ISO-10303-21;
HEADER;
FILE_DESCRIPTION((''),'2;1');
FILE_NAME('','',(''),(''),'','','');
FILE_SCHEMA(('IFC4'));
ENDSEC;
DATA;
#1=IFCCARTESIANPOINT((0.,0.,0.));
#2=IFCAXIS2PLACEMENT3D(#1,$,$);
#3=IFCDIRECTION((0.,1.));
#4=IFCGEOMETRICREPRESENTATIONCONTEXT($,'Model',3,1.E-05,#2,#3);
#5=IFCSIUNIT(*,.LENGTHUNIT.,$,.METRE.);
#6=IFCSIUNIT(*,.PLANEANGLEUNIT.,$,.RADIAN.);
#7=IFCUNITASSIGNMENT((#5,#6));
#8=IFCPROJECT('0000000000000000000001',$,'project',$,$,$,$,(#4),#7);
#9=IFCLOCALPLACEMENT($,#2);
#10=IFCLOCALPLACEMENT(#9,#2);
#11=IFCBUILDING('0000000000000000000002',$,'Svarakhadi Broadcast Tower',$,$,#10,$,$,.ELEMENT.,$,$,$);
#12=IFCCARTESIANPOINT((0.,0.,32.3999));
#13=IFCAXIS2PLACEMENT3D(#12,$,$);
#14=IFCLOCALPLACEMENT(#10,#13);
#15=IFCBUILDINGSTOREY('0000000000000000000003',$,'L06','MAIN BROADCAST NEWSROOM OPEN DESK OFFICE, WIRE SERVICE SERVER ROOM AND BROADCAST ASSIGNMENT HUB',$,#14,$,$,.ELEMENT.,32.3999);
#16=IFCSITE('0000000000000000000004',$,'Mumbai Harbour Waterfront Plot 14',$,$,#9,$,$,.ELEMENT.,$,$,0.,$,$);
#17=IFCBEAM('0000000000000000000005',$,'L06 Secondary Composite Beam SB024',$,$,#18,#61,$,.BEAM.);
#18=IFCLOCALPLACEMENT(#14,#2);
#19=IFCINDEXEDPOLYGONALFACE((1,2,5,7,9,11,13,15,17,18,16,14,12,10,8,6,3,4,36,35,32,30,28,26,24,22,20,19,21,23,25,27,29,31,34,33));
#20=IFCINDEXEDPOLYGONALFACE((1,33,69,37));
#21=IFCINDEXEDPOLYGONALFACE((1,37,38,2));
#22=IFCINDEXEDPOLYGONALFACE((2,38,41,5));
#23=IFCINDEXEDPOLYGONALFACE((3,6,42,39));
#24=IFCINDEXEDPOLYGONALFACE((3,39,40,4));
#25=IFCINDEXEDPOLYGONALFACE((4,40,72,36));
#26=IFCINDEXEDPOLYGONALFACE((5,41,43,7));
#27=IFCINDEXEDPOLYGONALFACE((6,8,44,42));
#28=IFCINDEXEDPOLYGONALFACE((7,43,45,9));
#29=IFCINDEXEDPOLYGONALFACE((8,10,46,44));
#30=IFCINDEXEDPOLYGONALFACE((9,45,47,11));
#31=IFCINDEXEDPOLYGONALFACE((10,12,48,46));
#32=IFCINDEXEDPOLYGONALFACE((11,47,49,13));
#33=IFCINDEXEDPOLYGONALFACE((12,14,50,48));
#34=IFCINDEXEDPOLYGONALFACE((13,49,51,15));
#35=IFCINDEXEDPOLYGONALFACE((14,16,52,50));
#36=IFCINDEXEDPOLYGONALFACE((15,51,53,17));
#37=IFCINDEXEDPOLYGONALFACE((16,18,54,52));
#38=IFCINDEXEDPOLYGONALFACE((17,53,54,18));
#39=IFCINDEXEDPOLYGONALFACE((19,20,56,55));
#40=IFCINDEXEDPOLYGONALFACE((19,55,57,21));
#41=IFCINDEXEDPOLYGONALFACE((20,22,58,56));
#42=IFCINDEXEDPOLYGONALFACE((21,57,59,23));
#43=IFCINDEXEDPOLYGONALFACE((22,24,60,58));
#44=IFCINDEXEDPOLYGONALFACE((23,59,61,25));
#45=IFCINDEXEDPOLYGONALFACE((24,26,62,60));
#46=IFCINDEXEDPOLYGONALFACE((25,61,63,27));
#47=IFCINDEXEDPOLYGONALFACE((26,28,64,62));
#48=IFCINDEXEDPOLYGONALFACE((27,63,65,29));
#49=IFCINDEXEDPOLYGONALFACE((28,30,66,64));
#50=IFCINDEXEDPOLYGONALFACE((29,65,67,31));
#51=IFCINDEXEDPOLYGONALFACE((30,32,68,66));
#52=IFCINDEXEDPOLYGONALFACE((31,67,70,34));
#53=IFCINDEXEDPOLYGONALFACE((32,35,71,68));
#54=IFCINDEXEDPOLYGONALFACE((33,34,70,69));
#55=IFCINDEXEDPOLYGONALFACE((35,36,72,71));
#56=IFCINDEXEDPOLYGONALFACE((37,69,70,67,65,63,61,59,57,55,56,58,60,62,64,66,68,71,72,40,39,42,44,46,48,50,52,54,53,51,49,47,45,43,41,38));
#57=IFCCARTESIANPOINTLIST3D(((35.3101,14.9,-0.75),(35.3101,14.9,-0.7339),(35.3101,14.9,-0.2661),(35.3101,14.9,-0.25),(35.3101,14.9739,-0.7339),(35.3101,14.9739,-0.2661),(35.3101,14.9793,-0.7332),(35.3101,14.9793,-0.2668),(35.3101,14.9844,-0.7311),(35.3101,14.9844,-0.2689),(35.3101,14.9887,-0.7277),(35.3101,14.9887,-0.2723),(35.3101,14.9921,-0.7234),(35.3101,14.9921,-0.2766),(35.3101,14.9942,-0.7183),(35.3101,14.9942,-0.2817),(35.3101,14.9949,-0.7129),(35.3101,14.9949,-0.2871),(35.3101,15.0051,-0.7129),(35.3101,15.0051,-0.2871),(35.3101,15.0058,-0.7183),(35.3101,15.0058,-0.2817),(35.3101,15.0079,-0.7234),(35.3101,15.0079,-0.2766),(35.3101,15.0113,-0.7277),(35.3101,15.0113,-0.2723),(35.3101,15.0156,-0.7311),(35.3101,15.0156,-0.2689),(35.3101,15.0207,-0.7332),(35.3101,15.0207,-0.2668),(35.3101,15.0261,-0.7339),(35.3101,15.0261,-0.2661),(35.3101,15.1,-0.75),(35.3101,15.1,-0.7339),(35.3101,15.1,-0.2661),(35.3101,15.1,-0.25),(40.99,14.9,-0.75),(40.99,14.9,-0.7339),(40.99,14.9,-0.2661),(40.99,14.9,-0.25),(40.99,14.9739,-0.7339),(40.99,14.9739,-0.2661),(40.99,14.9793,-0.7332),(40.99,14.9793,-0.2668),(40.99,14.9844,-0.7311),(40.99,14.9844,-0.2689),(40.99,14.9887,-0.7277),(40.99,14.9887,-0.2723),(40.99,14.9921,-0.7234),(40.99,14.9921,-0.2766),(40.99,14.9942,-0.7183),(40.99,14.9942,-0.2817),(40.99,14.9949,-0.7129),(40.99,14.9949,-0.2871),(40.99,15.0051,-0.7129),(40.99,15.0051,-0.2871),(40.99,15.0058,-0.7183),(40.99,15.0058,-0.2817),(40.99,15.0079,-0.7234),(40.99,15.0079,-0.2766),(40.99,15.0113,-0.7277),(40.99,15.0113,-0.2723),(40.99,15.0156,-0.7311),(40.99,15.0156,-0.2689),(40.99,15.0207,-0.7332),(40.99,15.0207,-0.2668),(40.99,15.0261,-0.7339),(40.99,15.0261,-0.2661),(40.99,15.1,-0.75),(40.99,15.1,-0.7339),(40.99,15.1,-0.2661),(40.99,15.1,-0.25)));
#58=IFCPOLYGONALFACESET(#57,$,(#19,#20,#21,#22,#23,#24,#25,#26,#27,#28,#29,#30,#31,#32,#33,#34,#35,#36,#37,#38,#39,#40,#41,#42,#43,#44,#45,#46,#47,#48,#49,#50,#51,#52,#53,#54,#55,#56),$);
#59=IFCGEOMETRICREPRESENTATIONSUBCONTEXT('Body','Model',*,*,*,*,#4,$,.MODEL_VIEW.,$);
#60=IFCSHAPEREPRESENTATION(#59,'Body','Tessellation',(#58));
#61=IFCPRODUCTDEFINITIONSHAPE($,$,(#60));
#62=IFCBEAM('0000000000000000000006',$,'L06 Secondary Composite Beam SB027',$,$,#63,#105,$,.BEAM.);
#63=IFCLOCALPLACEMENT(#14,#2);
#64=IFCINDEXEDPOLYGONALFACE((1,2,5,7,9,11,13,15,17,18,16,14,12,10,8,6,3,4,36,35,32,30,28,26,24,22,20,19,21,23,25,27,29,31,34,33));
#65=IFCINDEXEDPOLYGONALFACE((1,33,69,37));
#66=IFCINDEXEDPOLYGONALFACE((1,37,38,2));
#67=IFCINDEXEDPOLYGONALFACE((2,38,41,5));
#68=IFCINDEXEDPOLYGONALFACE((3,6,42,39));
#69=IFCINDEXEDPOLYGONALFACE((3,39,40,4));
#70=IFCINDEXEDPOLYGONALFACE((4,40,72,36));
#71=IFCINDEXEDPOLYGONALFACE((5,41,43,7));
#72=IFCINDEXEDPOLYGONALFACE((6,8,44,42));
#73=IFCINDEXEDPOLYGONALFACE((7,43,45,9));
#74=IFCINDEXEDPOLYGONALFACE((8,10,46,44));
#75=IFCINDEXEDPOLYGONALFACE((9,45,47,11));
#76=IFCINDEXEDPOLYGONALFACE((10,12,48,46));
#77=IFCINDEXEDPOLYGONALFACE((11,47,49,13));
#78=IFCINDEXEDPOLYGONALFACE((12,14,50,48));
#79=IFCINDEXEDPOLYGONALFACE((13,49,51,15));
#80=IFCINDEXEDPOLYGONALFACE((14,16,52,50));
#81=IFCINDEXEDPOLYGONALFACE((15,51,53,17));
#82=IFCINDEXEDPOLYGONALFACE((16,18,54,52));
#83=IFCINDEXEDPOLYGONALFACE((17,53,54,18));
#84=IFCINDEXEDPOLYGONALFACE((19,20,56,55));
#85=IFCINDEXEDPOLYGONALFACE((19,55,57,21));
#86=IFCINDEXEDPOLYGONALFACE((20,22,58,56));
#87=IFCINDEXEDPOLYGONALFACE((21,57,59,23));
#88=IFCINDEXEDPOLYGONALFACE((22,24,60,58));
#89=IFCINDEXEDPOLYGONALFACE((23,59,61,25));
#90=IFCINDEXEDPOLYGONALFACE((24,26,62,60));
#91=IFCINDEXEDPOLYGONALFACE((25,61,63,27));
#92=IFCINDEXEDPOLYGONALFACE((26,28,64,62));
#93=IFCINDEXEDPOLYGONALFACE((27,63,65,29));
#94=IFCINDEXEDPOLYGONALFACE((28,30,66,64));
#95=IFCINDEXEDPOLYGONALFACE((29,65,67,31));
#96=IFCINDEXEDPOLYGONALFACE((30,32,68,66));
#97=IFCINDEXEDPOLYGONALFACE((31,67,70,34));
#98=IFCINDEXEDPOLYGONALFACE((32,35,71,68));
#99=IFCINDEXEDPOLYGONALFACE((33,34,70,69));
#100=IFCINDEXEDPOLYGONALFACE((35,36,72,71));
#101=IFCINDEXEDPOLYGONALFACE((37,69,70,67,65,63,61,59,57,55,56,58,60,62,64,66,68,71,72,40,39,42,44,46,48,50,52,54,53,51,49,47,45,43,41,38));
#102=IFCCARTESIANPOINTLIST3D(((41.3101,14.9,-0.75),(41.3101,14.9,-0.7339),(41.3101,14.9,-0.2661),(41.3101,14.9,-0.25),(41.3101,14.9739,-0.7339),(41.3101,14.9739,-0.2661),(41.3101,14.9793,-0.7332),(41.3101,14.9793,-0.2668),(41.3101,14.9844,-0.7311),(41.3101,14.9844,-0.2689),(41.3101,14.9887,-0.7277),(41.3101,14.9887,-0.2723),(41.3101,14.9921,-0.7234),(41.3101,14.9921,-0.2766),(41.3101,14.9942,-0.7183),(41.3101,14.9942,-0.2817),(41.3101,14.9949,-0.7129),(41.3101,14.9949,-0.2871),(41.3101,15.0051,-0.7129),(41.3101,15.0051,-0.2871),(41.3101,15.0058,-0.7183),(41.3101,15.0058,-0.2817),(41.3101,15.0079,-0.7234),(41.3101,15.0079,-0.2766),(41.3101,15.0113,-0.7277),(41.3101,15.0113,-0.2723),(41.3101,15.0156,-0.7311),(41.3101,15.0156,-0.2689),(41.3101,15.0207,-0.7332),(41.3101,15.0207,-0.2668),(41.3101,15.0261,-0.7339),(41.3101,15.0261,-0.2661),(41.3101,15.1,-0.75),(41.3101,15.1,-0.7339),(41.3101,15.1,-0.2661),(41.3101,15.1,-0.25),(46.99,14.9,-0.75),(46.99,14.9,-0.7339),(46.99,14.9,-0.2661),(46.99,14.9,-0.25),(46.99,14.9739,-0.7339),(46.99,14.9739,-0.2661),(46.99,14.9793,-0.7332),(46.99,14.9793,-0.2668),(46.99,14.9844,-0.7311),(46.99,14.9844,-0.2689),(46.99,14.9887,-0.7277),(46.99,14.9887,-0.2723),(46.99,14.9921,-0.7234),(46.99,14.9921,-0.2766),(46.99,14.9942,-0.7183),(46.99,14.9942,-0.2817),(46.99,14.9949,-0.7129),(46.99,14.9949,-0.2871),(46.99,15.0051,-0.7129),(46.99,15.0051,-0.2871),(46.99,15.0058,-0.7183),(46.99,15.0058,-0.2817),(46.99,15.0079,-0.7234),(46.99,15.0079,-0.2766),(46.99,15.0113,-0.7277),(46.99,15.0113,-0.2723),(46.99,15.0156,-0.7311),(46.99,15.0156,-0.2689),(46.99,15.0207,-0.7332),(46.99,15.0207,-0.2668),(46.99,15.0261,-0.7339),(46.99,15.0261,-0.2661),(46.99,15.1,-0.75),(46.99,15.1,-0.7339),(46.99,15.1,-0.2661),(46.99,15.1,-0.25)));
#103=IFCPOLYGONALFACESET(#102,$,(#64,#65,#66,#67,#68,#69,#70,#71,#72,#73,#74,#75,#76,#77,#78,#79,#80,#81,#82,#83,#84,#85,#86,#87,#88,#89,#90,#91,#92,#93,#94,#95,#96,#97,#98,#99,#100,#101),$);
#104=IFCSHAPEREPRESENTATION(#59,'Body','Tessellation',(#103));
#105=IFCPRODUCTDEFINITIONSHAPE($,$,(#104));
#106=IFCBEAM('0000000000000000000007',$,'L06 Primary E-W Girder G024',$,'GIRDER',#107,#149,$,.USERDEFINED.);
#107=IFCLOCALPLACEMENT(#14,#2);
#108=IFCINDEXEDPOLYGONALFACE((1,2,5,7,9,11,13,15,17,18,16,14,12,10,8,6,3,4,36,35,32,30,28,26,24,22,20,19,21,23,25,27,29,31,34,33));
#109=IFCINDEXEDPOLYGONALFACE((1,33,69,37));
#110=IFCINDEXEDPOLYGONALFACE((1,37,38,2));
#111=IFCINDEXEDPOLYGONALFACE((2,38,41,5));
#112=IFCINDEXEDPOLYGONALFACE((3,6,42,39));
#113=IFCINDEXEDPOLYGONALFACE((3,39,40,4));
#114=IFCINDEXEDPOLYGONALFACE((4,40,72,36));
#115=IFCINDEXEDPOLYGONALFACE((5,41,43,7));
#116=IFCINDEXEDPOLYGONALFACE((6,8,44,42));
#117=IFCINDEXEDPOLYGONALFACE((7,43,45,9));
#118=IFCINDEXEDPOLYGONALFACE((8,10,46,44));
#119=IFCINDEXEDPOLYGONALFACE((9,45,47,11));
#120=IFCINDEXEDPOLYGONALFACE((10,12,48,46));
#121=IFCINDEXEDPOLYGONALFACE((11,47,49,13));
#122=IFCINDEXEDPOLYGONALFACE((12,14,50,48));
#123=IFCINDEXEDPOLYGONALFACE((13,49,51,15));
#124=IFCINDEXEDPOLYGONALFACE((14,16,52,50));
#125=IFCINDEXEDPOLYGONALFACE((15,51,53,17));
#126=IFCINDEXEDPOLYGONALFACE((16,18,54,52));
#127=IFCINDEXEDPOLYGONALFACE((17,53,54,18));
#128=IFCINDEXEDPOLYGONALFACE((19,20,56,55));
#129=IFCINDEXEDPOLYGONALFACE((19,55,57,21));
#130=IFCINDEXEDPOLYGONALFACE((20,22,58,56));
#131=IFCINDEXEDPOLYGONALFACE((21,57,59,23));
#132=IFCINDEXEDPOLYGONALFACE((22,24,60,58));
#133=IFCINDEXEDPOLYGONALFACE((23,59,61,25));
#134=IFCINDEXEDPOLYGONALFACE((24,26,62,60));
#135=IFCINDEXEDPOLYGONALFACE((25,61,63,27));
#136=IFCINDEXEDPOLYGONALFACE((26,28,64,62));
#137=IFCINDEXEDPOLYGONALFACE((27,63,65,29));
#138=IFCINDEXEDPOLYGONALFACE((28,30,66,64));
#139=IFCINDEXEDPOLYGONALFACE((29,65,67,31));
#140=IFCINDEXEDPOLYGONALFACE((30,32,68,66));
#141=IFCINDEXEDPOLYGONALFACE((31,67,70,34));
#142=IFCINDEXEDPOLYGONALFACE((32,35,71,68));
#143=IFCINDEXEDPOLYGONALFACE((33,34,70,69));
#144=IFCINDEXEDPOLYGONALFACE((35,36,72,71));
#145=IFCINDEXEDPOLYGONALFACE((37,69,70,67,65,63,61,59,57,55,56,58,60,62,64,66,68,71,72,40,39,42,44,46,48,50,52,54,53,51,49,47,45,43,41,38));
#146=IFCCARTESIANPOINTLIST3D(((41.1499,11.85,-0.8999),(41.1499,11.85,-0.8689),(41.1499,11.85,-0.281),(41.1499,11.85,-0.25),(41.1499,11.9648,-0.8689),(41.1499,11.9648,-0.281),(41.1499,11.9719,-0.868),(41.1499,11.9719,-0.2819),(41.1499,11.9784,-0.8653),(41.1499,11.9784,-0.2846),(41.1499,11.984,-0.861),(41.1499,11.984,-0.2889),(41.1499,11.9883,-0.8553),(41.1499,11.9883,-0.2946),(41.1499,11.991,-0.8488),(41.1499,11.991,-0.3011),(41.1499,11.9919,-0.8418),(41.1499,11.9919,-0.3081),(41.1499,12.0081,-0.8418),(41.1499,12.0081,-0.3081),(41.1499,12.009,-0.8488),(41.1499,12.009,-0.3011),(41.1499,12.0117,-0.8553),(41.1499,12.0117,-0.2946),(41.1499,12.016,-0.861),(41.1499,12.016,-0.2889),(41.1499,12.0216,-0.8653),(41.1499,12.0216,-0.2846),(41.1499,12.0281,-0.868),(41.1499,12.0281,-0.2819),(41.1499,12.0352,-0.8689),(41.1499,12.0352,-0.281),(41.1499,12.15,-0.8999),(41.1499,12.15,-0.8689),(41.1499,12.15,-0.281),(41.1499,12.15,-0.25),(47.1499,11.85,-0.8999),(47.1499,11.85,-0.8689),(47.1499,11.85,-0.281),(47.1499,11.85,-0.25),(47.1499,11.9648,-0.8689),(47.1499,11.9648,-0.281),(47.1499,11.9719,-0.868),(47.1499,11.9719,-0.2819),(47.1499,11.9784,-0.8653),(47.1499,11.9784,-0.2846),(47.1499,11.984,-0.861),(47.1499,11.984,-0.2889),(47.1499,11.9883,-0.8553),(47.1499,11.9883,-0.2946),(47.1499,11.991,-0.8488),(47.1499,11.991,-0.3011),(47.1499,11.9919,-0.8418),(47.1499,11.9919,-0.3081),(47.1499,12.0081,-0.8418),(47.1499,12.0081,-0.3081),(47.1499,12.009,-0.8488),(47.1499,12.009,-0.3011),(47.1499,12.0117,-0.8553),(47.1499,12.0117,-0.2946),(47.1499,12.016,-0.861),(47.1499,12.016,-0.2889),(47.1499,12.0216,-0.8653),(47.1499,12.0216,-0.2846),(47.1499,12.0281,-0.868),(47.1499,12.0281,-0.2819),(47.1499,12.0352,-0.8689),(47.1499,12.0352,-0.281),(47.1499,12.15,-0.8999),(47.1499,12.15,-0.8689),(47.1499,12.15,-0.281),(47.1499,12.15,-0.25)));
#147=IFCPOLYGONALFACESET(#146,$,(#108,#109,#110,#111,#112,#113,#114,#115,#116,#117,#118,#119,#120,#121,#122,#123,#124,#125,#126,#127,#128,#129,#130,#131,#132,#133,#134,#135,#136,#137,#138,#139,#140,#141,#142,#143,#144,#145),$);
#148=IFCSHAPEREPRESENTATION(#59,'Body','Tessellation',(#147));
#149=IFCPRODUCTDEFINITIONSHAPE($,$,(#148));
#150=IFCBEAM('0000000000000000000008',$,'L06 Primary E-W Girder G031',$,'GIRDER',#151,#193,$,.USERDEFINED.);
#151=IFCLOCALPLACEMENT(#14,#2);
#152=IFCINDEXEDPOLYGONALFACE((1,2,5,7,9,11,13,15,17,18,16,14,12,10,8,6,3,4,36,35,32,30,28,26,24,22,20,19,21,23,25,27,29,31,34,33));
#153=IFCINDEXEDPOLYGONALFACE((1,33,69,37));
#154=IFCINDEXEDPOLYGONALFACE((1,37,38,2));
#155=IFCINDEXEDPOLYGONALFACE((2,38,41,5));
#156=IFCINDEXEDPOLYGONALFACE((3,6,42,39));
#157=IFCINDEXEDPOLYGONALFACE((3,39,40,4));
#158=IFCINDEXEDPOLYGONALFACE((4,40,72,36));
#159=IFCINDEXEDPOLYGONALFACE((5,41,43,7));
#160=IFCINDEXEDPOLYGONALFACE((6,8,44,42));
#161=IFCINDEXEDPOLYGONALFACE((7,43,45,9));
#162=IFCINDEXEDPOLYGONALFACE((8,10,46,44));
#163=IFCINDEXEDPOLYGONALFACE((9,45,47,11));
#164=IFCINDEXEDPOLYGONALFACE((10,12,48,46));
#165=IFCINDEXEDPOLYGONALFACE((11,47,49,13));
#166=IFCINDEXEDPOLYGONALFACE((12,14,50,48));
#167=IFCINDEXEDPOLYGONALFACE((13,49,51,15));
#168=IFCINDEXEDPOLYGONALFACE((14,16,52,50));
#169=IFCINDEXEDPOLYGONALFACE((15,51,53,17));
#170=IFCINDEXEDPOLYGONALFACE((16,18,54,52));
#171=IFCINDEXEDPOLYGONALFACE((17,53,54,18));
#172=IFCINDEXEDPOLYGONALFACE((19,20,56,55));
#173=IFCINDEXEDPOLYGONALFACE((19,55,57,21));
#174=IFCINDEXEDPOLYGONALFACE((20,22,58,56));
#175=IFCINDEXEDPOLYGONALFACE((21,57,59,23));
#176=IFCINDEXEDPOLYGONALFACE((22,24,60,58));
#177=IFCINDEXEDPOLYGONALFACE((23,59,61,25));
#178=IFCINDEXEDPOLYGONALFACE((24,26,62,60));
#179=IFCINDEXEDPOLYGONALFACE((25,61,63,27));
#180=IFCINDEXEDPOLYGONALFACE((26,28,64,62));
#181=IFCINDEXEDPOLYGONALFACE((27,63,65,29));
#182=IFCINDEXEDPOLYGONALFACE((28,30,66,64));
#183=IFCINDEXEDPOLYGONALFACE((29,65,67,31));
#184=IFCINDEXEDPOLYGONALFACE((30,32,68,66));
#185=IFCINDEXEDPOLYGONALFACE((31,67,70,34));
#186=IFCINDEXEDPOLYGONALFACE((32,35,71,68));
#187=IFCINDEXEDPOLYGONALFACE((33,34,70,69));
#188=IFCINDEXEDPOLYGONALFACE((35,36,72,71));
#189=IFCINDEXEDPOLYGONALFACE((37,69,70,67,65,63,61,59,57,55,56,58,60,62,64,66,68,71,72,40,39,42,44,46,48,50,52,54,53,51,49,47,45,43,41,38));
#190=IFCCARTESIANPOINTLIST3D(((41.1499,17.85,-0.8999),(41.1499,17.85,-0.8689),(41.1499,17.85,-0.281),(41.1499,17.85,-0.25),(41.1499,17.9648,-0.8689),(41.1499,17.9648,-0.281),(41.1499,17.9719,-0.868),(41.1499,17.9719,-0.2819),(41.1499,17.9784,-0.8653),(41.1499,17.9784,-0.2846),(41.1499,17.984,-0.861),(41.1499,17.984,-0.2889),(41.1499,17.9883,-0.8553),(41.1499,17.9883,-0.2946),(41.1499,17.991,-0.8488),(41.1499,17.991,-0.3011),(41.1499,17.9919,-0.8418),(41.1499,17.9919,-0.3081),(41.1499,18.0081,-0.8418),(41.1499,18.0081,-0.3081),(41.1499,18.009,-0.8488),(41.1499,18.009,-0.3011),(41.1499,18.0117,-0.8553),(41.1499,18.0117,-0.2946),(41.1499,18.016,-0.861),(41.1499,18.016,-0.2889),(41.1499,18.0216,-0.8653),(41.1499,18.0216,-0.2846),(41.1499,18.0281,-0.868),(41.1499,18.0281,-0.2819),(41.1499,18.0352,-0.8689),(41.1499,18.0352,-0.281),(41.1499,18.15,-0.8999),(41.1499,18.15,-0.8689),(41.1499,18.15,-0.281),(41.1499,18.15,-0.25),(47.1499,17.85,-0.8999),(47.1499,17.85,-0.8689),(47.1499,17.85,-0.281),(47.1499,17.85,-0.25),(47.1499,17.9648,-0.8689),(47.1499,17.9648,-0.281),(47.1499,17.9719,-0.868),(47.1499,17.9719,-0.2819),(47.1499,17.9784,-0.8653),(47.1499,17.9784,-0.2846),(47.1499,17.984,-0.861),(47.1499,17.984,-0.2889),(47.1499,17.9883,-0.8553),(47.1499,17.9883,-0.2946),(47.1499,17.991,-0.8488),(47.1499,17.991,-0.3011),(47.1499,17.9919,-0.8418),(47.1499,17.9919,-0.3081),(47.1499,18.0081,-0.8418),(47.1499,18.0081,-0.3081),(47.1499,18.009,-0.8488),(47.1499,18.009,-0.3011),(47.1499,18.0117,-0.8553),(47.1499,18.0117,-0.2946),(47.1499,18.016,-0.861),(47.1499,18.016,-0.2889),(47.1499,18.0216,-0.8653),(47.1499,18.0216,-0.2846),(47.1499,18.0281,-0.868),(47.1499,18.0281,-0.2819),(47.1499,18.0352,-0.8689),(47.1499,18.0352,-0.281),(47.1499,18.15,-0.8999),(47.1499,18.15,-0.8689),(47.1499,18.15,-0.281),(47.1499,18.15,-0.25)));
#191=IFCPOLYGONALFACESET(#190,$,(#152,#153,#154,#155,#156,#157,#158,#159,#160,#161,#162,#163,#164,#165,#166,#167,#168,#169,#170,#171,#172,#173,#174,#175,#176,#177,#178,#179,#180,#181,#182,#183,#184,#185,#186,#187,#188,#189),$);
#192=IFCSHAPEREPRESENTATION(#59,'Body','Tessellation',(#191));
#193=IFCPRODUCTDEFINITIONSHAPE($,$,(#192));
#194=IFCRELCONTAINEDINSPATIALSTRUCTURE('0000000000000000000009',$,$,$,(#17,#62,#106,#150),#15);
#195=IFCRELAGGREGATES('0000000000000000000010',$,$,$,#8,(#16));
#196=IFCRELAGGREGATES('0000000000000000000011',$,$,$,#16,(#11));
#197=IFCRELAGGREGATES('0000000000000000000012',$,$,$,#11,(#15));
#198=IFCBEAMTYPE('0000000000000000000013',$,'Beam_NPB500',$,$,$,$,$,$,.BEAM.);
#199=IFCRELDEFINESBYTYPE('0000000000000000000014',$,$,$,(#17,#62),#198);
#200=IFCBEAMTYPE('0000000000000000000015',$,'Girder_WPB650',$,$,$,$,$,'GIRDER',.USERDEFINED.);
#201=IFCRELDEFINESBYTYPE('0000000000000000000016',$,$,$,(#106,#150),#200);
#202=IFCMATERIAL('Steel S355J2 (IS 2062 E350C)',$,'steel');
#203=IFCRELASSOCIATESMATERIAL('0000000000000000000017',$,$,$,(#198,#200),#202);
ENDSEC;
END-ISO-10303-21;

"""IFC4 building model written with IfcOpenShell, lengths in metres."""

from ifc_helpers import new_model, si_unit, direction, frame, origin, origin_2d, place, context, subcontext, project, spatial, i_section, extrude, material, material_profile, profile_set, type_object, element, save


model = new_model("IFC4")

# Units and contexts
model_context = context("Model", 3, precision=1e-05, world=origin(), true_north=direction((0.0, 1.0)))
body_context = subcontext(model_context, "Body", "Model", "MODEL_VIEW")
ifc_project = project(units=[si_unit("LENGTHUNIT", "METRE"), si_unit("PLANEANGLEUNIT", "RADIAN")], contexts=[model_context])

# Site, building, storey
site_placement = place(None, origin())
site = spatial("IfcSite", under=ifc_project, at=site_placement, Name="Mumbai Harbour Waterfront Plot 14", CompositionType="ELEMENT", RefElevation=0.0)
building_placement = place(site_placement, origin())
building = spatial("IfcBuilding", under=site, at=building_placement, Name="Svarakhadi Broadcast Tower", CompositionType="ELEMENT")
storey_placement = place(building_placement, frame((0.0, 0.0, 32.3999)))
storey = spatial("IfcBuildingStorey", under=building, at=storey_placement, Name="L06", Description="MAIN BROADCAST NEWSROOM OPEN DESK OFFICE, WIRE SERVICE SERVER ROOM AND BROADCAST ASSIGNMENT HUB", CompositionType="ELEMENT", Elevation=32.3999)

# Beams
ifc_material_1 = material(Name="Steel S355J2 (IS 2062 E350C)", Category="steel")
ifc_material_profile_1 = material_profile(ifc_material_1, i_section(OverallWidth=0.2, OverallDepth=0.5, WebThickness=0.0103, FlangeThickness=0.0161, FilletRadius=0.021, at=origin_2d()), Name="NPB 500x200x91")
ifc_profile_set_1 = profile_set([ifc_material_profile_1], Name="Steel S355J2 (IS 2062 E350C)")
beam_type_1 = type_object("IfcBeamType", Name="Beam_NPB500", PredefinedType="BEAM", material=ifc_profile_set_1)
for number, where, z_axis, x_axis, name in (
    (1, (35.3101, 15.0, -0.5), (1.0, 0.0, 0.0), (0.0, 1.0, 0.0), "L06 Secondary Composite Beam SB024"),
    (2, (41.3101, 15.0, -0.5), (1.0, 0.0, 0.0), (0.0, 1.0, 0.0), "L06 Secondary Composite Beam SB027"),
):
    element("IfcBeam", number, at=place(storey_placement, frame(where, z_axis=z_axis, x_axis=x_axis)), inside=storey, type_object=beam_type_1, Name=name, PredefinedType="BEAM", context=body_context, shape_type="SweptSolid", body=[
        extrude(i_section(OverallWidth=0.2, OverallDepth=0.5, WebThickness=0.0103, FlangeThickness=0.0161, FilletRadius=0.021, at=origin_2d()), origin(), (0.0, 0.0, 1.0), 5.6799),
    ])
ifc_material_profile_2 = material_profile(ifc_material_1, i_section(OverallWidth=0.3, OverallDepth=0.6499, WebThickness=0.0161, FlangeThickness=0.031, FilletRadius=0.0271, at=origin_2d()), Name="WPB 650x300x225")
ifc_profile_set_2 = profile_set([ifc_material_profile_2], Name="Steel S355J2 (IS 2062 E350C)")
beam_type_2 = type_object("IfcBeamType", Name="Girder_WPB650", ElementType="GIRDER", PredefinedType="USERDEFINED", material=ifc_profile_set_2)
for number, where, z_axis, x_axis, name in (
    (3, (41.1499, 12.0, -0.575), (1.0, 0.0, 0.0), (0.0, 1.0, 0.0), "L06 Primary E-W Girder G024"),
    (4, (41.1499, 18.0, -0.575), (1.0, 0.0, 0.0), (0.0, 1.0, 0.0), "L06 Primary E-W Girder G031"),
):
    element("IfcBeam", number, at=place(storey_placement, frame(where, z_axis=z_axis, x_axis=x_axis)), inside=storey, type_object=beam_type_2, Name=name, ObjectType="GIRDER", PredefinedType="USERDEFINED", context=body_context, shape_type="SweptSolid", body=[
        extrude(i_section(OverallWidth=0.3, OverallDepth=0.6499, WebThickness=0.0161, FlangeThickness=0.031, FilletRadius=0.0271, at=origin_2d()), origin(), (0.0, 0.0, 1.0), 6.0),
    ])

save(model, "model.ifc")
